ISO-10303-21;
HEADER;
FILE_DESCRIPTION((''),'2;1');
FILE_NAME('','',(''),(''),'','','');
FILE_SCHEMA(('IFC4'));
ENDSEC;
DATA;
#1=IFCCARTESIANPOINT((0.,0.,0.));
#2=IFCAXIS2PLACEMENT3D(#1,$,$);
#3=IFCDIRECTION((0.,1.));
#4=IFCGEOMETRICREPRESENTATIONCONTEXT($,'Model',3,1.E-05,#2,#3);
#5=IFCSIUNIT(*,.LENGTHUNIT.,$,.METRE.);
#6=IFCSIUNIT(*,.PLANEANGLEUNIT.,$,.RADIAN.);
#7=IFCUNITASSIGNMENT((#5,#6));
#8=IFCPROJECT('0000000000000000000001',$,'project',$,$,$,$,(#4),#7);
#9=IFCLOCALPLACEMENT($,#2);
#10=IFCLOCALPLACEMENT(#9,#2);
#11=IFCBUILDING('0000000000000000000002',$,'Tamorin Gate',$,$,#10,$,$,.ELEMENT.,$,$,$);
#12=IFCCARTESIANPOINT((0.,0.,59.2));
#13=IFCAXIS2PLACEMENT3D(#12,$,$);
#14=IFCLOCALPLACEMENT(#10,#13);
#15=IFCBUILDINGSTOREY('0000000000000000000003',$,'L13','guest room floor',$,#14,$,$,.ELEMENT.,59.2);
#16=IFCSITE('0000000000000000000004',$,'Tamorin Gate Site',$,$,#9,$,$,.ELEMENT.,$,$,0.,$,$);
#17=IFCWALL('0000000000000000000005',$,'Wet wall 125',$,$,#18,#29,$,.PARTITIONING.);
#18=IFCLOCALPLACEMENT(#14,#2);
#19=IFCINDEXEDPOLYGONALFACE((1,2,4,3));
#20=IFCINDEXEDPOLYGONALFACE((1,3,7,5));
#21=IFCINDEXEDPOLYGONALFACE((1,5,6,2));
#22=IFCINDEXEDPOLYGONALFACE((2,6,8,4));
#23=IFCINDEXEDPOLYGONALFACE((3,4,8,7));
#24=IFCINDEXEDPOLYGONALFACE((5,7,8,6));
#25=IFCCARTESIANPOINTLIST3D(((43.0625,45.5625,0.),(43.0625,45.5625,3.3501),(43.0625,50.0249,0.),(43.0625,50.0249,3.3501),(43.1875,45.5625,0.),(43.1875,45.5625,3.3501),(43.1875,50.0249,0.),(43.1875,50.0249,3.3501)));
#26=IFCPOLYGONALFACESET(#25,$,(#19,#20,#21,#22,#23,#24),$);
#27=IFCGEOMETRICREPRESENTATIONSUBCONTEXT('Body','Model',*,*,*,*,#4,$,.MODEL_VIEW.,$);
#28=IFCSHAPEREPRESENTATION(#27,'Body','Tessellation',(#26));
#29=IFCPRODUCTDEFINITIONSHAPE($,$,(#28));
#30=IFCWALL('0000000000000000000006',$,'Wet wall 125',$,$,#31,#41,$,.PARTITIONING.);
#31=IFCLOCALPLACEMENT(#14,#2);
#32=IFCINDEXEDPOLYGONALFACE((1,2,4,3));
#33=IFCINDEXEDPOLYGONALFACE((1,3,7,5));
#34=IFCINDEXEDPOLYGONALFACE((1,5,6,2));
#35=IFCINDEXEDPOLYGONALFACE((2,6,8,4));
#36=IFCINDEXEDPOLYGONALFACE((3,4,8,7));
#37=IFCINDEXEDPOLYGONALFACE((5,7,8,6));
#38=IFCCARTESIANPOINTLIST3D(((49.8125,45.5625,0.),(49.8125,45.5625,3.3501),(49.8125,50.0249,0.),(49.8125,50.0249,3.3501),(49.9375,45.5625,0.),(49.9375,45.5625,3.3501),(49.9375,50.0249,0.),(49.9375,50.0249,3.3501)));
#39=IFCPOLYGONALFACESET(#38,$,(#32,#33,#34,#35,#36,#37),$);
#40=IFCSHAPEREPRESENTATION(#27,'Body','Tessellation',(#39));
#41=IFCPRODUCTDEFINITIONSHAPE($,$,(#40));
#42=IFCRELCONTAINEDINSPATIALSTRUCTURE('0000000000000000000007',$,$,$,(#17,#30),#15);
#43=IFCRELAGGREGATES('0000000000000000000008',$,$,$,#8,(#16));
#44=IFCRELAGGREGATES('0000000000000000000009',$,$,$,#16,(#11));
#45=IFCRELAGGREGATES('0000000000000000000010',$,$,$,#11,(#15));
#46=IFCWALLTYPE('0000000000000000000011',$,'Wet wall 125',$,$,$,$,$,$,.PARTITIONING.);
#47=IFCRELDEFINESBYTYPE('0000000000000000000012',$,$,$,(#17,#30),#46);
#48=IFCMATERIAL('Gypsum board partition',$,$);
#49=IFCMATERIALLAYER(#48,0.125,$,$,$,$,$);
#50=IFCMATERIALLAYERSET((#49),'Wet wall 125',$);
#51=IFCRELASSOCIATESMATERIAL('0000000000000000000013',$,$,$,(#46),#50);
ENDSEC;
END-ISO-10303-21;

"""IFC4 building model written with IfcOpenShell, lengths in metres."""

from ifc_helpers import new_model, si_unit, direction, frame, frame_2d, origin, place, context, subcontext, project, spatial, rectangle, extrude, material, layer, layer_set, type_object, element, save


model = new_model("IFC4")

# Units and contexts
model_context = context("Model", 3, precision=1e-05, world=origin(), true_north=direction((0.0, 1.0)))
body_context = subcontext(model_context, "Body", "Model", "MODEL_VIEW")
ifc_project = project(units=[si_unit("LENGTHUNIT", "METRE"), si_unit("PLANEANGLEUNIT", "RADIAN")], contexts=[model_context])

# Site, building, storey
site_placement = place(None, origin())
site = spatial("IfcSite", under=ifc_project, at=site_placement, Name="Tamorin Gate Site", CompositionType="ELEMENT", RefElevation=0.0)
building_placement = place(site_placement, origin())
building = spatial("IfcBuilding", under=site, at=building_placement, Name="Tamorin Gate", CompositionType="ELEMENT")
storey_placement = place(building_placement, frame((0.0, 0.0, 59.2)))
storey = spatial("IfcBuildingStorey", under=building, at=storey_placement, Name="L13", Description="guest room floor", CompositionType="ELEMENT", Elevation=59.2)

# Shared definitions
ifc_material_1 = material(Name="Gypsum board partition")

# Shared definitions
ifc_layer_1 = layer(ifc_material_1, 0.125)
ifc_layer_set_1 = layer_set([ifc_layer_1], Name="Wet wall 125")
wall_type_1 = type_object("IfcWallType", Name="Wet wall 125", PredefinedType="PARTITIONING", material=ifc_layer_set_1)

# Walls
for number, where, z_axis, x_axis, name in (
    (1, (43.125, 45.5625, 0.0), (0.0, 0.0, 1.0), (0.0, 1.0, 0.0), "Wet wall 125"),
    (2, (49.875, 45.5625, 0.0), (0.0, 0.0, 1.0), (0.0, 1.0, 0.0), "Wet wall 125"),
):
    element("IfcWall", number, at=place(storey_placement, frame(where, z_axis=z_axis, x_axis=x_axis)), inside=storey, type_object=wall_type_1, Name=name, PredefinedType="PARTITIONING", context=body_context, shape_type="SweptSolid", body=[
        extrude(rectangle(XDim=4.4624, YDim=0.125, at=frame_2d((2.2312, 0.0))), origin(), (0.0, 0.0, 1.0), 3.3501),
    ])

save(model, "model.ifc")
